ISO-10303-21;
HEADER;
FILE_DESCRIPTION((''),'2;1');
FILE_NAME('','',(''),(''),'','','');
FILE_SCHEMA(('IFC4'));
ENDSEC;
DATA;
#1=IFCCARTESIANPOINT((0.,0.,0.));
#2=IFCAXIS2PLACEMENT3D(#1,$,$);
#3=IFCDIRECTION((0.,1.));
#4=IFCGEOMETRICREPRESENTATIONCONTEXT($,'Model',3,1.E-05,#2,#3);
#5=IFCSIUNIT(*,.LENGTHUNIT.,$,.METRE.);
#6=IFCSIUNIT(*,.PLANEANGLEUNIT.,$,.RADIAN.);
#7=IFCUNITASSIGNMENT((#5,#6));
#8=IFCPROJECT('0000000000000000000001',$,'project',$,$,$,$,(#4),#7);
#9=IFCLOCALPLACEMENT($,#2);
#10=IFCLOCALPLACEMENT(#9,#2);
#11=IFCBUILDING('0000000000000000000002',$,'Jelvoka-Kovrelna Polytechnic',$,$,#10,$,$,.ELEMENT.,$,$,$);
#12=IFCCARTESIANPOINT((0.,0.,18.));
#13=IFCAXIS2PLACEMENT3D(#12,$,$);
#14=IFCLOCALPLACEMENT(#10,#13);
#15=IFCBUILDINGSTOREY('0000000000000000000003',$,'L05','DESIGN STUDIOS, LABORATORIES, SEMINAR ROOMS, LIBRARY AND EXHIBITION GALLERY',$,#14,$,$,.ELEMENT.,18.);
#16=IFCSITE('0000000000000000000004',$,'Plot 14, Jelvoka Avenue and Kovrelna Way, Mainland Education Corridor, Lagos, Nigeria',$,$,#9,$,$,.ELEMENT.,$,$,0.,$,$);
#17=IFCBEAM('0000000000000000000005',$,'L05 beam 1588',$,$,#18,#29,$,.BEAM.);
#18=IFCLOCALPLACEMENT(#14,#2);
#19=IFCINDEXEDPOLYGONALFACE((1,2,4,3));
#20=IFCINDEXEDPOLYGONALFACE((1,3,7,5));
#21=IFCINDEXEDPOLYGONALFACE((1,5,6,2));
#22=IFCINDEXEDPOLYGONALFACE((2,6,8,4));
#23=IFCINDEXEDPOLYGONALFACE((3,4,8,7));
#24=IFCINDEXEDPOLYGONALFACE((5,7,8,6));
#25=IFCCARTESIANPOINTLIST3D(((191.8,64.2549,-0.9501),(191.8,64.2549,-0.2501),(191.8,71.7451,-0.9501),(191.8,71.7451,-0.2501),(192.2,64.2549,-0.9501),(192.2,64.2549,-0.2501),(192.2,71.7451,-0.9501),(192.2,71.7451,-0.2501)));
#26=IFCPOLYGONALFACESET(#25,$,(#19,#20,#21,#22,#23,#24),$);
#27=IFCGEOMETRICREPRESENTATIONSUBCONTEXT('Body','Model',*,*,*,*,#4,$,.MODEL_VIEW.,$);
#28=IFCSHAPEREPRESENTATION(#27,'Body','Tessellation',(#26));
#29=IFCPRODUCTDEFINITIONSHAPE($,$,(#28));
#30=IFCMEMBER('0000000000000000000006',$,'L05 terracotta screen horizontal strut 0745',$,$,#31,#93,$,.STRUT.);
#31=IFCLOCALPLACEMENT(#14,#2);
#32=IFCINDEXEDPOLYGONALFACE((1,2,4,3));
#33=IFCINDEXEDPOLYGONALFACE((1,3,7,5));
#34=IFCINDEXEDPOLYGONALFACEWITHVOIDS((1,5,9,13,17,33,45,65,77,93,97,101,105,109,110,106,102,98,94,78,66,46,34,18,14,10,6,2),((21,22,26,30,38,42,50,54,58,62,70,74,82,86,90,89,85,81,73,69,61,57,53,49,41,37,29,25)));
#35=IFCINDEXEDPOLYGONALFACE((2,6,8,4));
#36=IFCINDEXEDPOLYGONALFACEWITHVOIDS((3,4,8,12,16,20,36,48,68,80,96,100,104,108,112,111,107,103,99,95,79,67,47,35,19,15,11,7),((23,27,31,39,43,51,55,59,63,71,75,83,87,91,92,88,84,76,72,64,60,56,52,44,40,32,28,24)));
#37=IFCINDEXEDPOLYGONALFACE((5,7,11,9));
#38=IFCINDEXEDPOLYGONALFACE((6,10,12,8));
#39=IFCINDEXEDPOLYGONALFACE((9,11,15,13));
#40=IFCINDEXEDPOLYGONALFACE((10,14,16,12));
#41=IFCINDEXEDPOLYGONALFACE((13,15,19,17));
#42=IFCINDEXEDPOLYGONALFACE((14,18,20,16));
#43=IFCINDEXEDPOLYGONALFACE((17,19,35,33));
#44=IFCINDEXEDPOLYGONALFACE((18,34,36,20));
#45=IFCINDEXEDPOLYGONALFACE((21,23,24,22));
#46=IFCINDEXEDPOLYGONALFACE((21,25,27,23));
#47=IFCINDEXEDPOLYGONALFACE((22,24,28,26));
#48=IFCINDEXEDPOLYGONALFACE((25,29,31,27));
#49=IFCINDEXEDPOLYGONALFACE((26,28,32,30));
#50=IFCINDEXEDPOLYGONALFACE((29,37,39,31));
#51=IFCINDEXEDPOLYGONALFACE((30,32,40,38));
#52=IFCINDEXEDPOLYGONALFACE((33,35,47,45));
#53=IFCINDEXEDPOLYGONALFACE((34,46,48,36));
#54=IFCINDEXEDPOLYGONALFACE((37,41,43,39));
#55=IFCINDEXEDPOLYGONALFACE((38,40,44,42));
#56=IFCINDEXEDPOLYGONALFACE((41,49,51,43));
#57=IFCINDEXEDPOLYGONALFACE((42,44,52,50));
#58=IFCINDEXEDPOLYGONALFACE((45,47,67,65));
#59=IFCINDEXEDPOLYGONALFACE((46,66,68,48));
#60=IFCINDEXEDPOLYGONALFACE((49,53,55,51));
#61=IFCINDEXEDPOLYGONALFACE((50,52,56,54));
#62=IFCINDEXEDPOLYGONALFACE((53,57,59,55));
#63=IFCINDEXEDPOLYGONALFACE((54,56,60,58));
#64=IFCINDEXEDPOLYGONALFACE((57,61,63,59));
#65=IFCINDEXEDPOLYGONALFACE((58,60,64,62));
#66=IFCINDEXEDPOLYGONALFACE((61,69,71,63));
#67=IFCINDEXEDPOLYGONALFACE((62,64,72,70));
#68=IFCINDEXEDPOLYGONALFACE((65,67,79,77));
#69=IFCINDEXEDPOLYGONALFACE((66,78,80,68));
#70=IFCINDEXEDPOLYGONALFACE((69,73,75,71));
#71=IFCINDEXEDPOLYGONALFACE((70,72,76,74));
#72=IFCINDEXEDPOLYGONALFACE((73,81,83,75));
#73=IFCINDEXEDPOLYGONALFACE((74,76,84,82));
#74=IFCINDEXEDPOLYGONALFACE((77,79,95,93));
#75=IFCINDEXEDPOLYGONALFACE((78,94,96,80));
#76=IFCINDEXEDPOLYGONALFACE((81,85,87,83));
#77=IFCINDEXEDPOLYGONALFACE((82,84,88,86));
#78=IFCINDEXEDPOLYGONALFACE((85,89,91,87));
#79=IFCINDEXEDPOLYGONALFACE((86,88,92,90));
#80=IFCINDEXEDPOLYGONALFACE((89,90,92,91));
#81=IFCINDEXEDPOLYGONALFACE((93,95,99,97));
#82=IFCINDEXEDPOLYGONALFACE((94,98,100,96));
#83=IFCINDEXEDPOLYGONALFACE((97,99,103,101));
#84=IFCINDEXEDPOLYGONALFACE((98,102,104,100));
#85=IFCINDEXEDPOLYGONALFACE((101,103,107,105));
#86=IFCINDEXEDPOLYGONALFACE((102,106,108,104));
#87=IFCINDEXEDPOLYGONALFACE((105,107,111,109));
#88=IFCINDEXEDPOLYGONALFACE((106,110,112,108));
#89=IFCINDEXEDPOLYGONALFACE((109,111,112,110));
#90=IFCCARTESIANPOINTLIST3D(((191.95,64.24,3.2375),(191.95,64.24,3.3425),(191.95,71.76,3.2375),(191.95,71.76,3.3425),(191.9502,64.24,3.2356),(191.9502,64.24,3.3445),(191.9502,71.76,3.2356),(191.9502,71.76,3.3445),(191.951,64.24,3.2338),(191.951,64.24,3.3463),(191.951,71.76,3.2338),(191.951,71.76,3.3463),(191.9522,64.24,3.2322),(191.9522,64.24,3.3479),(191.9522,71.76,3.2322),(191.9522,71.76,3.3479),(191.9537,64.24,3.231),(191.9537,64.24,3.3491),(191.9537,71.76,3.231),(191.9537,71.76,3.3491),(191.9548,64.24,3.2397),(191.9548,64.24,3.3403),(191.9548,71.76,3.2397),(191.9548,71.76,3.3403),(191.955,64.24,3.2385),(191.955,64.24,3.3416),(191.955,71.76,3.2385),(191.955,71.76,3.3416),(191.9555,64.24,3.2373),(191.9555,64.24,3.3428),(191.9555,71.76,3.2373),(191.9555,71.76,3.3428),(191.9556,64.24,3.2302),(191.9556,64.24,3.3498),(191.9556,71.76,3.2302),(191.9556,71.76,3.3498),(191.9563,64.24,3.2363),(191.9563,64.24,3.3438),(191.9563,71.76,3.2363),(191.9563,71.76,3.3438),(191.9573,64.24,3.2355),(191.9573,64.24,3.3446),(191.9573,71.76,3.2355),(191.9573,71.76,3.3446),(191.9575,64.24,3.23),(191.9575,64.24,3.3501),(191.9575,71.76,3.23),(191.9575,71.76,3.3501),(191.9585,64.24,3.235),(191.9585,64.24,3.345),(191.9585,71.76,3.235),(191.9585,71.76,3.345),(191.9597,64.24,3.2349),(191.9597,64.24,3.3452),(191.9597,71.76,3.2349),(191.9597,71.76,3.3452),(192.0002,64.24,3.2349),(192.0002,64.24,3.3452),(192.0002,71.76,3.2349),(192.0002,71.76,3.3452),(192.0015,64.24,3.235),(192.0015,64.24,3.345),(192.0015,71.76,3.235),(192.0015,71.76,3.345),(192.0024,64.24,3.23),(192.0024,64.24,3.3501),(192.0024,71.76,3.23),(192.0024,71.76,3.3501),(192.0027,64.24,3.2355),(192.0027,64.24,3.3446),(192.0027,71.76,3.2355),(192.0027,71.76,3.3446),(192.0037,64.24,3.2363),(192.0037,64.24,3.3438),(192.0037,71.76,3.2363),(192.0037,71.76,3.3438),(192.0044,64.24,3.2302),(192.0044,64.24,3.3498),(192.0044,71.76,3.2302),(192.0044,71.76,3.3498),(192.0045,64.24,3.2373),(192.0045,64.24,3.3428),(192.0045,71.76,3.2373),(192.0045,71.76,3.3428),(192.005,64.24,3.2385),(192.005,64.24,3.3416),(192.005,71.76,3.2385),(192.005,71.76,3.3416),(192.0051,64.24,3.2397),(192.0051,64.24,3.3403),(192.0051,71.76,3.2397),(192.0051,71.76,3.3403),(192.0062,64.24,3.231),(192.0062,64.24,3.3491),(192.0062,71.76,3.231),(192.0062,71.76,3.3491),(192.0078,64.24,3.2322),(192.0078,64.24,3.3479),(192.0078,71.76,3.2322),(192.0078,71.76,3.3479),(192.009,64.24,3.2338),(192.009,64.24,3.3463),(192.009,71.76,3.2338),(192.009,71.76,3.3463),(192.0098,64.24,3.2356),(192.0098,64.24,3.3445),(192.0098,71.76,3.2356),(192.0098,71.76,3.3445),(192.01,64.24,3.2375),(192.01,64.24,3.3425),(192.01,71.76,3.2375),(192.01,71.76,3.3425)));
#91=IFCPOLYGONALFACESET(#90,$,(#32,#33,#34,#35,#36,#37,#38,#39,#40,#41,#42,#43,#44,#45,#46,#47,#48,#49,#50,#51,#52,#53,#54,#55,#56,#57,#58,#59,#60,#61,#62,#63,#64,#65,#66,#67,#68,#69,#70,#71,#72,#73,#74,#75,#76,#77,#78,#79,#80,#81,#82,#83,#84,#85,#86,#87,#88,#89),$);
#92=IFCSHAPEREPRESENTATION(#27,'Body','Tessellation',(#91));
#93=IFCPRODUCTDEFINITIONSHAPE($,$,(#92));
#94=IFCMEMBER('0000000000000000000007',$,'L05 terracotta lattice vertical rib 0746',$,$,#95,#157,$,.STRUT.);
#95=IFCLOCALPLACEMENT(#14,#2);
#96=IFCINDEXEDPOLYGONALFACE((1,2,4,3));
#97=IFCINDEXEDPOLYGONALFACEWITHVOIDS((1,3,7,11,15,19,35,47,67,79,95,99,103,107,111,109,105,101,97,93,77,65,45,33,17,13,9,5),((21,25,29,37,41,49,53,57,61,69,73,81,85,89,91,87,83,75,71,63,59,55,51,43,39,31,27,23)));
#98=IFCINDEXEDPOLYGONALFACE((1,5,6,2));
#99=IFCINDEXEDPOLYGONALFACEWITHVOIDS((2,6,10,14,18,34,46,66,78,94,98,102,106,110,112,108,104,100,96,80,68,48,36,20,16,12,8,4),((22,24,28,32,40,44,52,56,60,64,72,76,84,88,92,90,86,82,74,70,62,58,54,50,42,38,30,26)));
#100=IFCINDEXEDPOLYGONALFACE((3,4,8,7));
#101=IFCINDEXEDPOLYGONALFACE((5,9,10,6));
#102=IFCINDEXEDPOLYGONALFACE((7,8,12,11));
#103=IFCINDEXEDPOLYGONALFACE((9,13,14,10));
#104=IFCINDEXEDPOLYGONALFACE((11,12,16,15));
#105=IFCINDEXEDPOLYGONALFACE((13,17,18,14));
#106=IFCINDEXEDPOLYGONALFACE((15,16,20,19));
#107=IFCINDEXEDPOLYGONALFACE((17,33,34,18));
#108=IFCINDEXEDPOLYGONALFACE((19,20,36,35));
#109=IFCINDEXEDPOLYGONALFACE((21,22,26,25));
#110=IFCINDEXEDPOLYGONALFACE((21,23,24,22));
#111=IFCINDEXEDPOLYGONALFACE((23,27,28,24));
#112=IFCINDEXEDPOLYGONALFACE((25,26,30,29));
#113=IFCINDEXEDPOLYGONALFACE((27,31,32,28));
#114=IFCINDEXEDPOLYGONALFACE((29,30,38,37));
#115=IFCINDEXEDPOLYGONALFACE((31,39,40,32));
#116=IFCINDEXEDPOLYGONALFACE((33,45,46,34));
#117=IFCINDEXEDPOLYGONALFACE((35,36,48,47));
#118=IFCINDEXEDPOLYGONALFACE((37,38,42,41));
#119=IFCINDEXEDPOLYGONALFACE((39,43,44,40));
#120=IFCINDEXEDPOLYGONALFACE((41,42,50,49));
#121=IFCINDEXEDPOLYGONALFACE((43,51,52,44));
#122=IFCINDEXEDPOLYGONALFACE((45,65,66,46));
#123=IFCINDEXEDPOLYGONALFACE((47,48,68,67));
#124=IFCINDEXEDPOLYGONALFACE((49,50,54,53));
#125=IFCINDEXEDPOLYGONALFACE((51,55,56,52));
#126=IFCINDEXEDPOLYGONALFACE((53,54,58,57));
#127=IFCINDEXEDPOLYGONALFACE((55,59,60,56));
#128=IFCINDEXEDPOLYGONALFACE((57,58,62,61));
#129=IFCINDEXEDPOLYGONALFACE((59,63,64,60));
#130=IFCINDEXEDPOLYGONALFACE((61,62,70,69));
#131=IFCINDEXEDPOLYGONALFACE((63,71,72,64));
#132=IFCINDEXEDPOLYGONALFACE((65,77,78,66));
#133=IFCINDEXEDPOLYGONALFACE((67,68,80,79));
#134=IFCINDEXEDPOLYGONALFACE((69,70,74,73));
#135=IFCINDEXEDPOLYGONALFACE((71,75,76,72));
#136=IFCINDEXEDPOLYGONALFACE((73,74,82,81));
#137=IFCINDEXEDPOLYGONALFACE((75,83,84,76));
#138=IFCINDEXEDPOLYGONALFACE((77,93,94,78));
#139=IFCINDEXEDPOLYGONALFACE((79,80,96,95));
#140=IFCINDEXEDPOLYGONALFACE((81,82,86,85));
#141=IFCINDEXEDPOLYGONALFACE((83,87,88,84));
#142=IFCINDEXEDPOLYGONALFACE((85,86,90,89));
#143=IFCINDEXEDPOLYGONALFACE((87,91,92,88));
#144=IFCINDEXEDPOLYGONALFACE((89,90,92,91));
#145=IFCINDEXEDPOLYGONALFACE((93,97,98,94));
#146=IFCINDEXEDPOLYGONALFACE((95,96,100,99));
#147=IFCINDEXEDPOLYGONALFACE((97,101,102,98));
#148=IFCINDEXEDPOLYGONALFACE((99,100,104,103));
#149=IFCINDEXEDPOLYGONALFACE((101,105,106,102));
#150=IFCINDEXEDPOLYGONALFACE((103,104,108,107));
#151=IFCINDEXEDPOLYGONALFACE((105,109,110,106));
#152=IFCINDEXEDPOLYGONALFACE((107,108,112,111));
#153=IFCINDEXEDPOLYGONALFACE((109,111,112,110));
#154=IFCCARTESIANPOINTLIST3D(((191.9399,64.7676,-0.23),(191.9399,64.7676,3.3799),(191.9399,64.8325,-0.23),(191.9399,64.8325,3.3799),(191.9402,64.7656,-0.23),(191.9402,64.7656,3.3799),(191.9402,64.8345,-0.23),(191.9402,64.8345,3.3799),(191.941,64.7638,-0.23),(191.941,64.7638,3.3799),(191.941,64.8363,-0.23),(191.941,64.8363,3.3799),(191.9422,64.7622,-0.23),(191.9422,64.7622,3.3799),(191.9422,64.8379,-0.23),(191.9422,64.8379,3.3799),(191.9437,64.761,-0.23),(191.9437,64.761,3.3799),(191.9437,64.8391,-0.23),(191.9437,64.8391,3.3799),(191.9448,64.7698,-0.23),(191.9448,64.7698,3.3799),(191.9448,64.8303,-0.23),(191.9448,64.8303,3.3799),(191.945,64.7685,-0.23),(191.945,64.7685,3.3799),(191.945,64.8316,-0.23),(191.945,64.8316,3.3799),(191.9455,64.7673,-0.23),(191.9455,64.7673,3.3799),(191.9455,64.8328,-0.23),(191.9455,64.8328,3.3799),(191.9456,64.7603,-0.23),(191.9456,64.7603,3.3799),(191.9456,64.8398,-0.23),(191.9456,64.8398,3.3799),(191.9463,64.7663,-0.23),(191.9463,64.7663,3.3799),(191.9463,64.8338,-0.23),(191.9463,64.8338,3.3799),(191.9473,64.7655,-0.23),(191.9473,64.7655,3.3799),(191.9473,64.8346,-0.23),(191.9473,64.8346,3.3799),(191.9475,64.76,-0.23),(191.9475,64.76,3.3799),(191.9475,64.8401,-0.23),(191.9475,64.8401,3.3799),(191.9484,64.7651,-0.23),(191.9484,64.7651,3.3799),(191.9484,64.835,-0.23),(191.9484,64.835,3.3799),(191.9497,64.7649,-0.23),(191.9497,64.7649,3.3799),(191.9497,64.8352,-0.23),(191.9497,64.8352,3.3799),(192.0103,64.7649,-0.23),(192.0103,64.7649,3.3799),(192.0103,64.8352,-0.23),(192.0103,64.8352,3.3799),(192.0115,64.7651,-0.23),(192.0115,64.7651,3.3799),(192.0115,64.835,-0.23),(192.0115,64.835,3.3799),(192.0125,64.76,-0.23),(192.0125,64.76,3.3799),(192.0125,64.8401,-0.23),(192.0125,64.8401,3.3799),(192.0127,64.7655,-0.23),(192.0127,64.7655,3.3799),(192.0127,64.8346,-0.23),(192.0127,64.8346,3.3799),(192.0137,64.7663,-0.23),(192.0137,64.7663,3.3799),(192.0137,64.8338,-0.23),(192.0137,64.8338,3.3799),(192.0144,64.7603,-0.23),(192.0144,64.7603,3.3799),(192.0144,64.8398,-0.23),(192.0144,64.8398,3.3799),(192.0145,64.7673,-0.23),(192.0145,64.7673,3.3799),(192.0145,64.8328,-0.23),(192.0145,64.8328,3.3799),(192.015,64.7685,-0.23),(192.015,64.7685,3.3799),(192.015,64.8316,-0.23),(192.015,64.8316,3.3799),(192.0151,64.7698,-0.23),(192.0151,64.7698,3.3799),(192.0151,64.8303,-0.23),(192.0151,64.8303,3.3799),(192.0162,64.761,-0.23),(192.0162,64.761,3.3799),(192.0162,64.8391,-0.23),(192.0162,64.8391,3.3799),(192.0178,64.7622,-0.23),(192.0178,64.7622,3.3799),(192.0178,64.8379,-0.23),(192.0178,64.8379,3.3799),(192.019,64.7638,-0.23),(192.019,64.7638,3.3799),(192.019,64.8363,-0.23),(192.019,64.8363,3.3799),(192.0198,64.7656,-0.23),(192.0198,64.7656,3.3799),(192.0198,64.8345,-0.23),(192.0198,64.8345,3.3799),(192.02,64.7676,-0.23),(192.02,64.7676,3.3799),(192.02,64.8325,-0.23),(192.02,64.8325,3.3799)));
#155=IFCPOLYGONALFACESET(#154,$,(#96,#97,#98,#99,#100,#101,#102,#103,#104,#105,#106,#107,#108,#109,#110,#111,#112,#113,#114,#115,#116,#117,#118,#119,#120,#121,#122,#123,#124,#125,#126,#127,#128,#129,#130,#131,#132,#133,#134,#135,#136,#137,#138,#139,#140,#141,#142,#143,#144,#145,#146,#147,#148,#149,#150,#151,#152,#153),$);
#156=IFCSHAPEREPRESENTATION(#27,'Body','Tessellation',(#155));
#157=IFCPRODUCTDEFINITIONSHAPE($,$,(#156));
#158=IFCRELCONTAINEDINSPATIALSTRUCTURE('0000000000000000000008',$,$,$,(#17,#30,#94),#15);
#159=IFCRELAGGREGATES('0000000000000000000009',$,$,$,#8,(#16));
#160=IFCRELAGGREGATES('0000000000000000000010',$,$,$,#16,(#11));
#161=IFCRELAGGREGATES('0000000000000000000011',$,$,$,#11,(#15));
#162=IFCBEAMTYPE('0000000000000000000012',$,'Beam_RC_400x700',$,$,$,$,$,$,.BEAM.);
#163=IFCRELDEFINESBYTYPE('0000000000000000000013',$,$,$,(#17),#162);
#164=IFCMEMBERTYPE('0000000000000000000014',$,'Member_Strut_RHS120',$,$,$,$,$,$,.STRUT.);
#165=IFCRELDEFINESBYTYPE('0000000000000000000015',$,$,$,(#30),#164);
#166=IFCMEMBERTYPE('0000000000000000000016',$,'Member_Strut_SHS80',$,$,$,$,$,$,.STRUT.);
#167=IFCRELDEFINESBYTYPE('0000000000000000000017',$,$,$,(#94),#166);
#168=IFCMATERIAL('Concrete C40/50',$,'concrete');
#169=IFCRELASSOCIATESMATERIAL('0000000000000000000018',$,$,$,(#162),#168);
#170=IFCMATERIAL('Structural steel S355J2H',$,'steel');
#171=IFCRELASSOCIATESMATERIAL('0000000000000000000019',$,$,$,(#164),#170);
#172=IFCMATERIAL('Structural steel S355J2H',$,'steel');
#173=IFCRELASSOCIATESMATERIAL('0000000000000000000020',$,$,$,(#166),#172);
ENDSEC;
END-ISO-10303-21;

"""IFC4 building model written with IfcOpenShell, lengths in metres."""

from ifc_helpers import new_model, si_unit, direction, frame, origin, origin_2d, place, context, subcontext, project, spatial, rectangle, hollow_rectangle, extrude, material, material_profile, profile_set, type_object, element, save


model = new_model("IFC4")

# Units and contexts
model_context = context("Model", 3, precision=1e-05, world=origin(), true_north=direction((0.0, 1.0)))
body_context = subcontext(model_context, "Body", "Model", "MODEL_VIEW")
ifc_project = project(units=[si_unit("LENGTHUNIT", "METRE"), si_unit("PLANEANGLEUNIT", "RADIAN")], contexts=[model_context])

# Site, building, storey
site_placement = place(None, origin())
site = spatial("IfcSite", under=ifc_project, at=site_placement, Name="Plot 14, Jelvoka Avenue and Kovrelna Way, Mainland Education Corridor, Lagos, Nigeria", CompositionType="ELEMENT", RefElevation=0.0)
building_placement = place(site_placement, origin())
building = spatial("IfcBuilding", under=site, at=building_placement, Name="Jelvoka-Kovrelna Polytechnic", CompositionType="ELEMENT")
storey_placement = place(building_placement, frame((0.0, 0.0, 18.0)))
storey = spatial("IfcBuildingStorey", under=building, at=storey_placement, Name="L05", Description="DESIGN STUDIOS, LABORATORIES, SEMINAR ROOMS, LIBRARY AND EXHIBITION GALLERY", CompositionType="ELEMENT", Elevation=18.0)

# Beam
ifc_material_1 = material(Name="Concrete C40/50", Category="concrete")
ifc_material_profile_1 = material_profile(ifc_material_1, rectangle(XDim=0.3999, YDim=0.7, at=origin_2d()), Name="RC 400x700")
ifc_profile_set_1 = profile_set([ifc_material_profile_1], Name="Concrete C40/50")
beam_type = type_object("IfcBeamType", Name="Beam_RC_400x700", PredefinedType="BEAM", material=ifc_profile_set_1)
beam_placement = place(storey_placement, frame((192.0, 64.2549, -0.6001), z_axis=(0.0, 1.0, 0.0), x_axis=(-1.0, 0.0, 0.0)))
element("IfcBeam", 1, at=beam_placement, inside=storey, type_object=beam_type, Name="L05 beam 1588", PredefinedType="BEAM", context=body_context, shape_type="SweptSolid", body=[
    extrude(rectangle(XDim=0.3999, YDim=0.7, at=origin_2d()), origin(), (0.0, 0.0, 1.0), 7.4902),
])

# Members
ifc_material_2 = material(Name="Structural steel S355J2H", Category="steel")
ifc_material_profile_2 = material_profile(ifc_material_2, hollow_rectangle(XDim=0.0601, YDim=0.1201, WallThickness=0.0049, InnerFilletRadius=0.0049, OuterFilletRadius=0.0076, at=origin_2d()), Name="120x60x5.0 RHS")
ifc_profile_set_2 = profile_set([ifc_material_profile_2], Name="Structural steel S355J2H")
member_type_1 = type_object("IfcMemberType", Name="Member_Strut_RHS120", PredefinedType="STRUT", material=ifc_profile_set_2)
member_1_placement = place(storey_placement, frame((191.98, 64.24, 3.29), z_axis=(0.0, 1.0, 0.0), x_axis=(-1.0, 0.0, 0.0)))
element("IfcMember", 2, at=member_1_placement, inside=storey, type_object=member_type_1, Name="L05 terracotta screen horizontal strut 0745", PredefinedType="STRUT", context=body_context, shape_type="SweptSolid", body=[
    extrude(hollow_rectangle(XDim=0.0601, YDim=0.1201, WallThickness=0.0049, InnerFilletRadius=0.0049, OuterFilletRadius=0.0076, at=origin_2d()), origin(), (0.0, 0.0, 1.0), 7.52),
])
ifc_material_3 = material(Name="Structural steel S355J2H", Category="steel")
ifc_material_profile_3 = material_profile(ifc_material_3, hollow_rectangle(XDim=0.0801, YDim=0.0801, WallThickness=0.0049, InnerFilletRadius=0.0049, OuterFilletRadius=0.0076, at=origin_2d()), Name="80x80x5.0 SHS")
ifc_profile_set_3 = profile_set([ifc_material_profile_3], Name="Structural steel S355J2H")
member_type_2 = type_object("IfcMemberType", Name="Member_Strut_SHS80", PredefinedType="STRUT", material=ifc_profile_set_3)
for number, where, z_axis, x_axis, name in (
    (3, (191.98, 64.8, -0.23), (0.0, 0.0, 1.0), (1.0, 0.0, 0.0), "L05 terracotta lattice vertical rib 0746"),
):
    element("IfcMember", number, at=place(storey_placement, frame(where, z_axis=z_axis, x_axis=x_axis)), inside=storey, type_object=member_type_2, Name=name, PredefinedType="STRUT", context=body_context, shape_type="SweptSolid", body=[
        extrude(hollow_rectangle(XDim=0.0801, YDim=0.0801, WallThickness=0.0049, InnerFilletRadius=0.0049, OuterFilletRadius=0.0076, at=origin_2d()), origin(), (0.0, 0.0, 1.0), 3.6099),
    ])

save(model, "model.ifc")
